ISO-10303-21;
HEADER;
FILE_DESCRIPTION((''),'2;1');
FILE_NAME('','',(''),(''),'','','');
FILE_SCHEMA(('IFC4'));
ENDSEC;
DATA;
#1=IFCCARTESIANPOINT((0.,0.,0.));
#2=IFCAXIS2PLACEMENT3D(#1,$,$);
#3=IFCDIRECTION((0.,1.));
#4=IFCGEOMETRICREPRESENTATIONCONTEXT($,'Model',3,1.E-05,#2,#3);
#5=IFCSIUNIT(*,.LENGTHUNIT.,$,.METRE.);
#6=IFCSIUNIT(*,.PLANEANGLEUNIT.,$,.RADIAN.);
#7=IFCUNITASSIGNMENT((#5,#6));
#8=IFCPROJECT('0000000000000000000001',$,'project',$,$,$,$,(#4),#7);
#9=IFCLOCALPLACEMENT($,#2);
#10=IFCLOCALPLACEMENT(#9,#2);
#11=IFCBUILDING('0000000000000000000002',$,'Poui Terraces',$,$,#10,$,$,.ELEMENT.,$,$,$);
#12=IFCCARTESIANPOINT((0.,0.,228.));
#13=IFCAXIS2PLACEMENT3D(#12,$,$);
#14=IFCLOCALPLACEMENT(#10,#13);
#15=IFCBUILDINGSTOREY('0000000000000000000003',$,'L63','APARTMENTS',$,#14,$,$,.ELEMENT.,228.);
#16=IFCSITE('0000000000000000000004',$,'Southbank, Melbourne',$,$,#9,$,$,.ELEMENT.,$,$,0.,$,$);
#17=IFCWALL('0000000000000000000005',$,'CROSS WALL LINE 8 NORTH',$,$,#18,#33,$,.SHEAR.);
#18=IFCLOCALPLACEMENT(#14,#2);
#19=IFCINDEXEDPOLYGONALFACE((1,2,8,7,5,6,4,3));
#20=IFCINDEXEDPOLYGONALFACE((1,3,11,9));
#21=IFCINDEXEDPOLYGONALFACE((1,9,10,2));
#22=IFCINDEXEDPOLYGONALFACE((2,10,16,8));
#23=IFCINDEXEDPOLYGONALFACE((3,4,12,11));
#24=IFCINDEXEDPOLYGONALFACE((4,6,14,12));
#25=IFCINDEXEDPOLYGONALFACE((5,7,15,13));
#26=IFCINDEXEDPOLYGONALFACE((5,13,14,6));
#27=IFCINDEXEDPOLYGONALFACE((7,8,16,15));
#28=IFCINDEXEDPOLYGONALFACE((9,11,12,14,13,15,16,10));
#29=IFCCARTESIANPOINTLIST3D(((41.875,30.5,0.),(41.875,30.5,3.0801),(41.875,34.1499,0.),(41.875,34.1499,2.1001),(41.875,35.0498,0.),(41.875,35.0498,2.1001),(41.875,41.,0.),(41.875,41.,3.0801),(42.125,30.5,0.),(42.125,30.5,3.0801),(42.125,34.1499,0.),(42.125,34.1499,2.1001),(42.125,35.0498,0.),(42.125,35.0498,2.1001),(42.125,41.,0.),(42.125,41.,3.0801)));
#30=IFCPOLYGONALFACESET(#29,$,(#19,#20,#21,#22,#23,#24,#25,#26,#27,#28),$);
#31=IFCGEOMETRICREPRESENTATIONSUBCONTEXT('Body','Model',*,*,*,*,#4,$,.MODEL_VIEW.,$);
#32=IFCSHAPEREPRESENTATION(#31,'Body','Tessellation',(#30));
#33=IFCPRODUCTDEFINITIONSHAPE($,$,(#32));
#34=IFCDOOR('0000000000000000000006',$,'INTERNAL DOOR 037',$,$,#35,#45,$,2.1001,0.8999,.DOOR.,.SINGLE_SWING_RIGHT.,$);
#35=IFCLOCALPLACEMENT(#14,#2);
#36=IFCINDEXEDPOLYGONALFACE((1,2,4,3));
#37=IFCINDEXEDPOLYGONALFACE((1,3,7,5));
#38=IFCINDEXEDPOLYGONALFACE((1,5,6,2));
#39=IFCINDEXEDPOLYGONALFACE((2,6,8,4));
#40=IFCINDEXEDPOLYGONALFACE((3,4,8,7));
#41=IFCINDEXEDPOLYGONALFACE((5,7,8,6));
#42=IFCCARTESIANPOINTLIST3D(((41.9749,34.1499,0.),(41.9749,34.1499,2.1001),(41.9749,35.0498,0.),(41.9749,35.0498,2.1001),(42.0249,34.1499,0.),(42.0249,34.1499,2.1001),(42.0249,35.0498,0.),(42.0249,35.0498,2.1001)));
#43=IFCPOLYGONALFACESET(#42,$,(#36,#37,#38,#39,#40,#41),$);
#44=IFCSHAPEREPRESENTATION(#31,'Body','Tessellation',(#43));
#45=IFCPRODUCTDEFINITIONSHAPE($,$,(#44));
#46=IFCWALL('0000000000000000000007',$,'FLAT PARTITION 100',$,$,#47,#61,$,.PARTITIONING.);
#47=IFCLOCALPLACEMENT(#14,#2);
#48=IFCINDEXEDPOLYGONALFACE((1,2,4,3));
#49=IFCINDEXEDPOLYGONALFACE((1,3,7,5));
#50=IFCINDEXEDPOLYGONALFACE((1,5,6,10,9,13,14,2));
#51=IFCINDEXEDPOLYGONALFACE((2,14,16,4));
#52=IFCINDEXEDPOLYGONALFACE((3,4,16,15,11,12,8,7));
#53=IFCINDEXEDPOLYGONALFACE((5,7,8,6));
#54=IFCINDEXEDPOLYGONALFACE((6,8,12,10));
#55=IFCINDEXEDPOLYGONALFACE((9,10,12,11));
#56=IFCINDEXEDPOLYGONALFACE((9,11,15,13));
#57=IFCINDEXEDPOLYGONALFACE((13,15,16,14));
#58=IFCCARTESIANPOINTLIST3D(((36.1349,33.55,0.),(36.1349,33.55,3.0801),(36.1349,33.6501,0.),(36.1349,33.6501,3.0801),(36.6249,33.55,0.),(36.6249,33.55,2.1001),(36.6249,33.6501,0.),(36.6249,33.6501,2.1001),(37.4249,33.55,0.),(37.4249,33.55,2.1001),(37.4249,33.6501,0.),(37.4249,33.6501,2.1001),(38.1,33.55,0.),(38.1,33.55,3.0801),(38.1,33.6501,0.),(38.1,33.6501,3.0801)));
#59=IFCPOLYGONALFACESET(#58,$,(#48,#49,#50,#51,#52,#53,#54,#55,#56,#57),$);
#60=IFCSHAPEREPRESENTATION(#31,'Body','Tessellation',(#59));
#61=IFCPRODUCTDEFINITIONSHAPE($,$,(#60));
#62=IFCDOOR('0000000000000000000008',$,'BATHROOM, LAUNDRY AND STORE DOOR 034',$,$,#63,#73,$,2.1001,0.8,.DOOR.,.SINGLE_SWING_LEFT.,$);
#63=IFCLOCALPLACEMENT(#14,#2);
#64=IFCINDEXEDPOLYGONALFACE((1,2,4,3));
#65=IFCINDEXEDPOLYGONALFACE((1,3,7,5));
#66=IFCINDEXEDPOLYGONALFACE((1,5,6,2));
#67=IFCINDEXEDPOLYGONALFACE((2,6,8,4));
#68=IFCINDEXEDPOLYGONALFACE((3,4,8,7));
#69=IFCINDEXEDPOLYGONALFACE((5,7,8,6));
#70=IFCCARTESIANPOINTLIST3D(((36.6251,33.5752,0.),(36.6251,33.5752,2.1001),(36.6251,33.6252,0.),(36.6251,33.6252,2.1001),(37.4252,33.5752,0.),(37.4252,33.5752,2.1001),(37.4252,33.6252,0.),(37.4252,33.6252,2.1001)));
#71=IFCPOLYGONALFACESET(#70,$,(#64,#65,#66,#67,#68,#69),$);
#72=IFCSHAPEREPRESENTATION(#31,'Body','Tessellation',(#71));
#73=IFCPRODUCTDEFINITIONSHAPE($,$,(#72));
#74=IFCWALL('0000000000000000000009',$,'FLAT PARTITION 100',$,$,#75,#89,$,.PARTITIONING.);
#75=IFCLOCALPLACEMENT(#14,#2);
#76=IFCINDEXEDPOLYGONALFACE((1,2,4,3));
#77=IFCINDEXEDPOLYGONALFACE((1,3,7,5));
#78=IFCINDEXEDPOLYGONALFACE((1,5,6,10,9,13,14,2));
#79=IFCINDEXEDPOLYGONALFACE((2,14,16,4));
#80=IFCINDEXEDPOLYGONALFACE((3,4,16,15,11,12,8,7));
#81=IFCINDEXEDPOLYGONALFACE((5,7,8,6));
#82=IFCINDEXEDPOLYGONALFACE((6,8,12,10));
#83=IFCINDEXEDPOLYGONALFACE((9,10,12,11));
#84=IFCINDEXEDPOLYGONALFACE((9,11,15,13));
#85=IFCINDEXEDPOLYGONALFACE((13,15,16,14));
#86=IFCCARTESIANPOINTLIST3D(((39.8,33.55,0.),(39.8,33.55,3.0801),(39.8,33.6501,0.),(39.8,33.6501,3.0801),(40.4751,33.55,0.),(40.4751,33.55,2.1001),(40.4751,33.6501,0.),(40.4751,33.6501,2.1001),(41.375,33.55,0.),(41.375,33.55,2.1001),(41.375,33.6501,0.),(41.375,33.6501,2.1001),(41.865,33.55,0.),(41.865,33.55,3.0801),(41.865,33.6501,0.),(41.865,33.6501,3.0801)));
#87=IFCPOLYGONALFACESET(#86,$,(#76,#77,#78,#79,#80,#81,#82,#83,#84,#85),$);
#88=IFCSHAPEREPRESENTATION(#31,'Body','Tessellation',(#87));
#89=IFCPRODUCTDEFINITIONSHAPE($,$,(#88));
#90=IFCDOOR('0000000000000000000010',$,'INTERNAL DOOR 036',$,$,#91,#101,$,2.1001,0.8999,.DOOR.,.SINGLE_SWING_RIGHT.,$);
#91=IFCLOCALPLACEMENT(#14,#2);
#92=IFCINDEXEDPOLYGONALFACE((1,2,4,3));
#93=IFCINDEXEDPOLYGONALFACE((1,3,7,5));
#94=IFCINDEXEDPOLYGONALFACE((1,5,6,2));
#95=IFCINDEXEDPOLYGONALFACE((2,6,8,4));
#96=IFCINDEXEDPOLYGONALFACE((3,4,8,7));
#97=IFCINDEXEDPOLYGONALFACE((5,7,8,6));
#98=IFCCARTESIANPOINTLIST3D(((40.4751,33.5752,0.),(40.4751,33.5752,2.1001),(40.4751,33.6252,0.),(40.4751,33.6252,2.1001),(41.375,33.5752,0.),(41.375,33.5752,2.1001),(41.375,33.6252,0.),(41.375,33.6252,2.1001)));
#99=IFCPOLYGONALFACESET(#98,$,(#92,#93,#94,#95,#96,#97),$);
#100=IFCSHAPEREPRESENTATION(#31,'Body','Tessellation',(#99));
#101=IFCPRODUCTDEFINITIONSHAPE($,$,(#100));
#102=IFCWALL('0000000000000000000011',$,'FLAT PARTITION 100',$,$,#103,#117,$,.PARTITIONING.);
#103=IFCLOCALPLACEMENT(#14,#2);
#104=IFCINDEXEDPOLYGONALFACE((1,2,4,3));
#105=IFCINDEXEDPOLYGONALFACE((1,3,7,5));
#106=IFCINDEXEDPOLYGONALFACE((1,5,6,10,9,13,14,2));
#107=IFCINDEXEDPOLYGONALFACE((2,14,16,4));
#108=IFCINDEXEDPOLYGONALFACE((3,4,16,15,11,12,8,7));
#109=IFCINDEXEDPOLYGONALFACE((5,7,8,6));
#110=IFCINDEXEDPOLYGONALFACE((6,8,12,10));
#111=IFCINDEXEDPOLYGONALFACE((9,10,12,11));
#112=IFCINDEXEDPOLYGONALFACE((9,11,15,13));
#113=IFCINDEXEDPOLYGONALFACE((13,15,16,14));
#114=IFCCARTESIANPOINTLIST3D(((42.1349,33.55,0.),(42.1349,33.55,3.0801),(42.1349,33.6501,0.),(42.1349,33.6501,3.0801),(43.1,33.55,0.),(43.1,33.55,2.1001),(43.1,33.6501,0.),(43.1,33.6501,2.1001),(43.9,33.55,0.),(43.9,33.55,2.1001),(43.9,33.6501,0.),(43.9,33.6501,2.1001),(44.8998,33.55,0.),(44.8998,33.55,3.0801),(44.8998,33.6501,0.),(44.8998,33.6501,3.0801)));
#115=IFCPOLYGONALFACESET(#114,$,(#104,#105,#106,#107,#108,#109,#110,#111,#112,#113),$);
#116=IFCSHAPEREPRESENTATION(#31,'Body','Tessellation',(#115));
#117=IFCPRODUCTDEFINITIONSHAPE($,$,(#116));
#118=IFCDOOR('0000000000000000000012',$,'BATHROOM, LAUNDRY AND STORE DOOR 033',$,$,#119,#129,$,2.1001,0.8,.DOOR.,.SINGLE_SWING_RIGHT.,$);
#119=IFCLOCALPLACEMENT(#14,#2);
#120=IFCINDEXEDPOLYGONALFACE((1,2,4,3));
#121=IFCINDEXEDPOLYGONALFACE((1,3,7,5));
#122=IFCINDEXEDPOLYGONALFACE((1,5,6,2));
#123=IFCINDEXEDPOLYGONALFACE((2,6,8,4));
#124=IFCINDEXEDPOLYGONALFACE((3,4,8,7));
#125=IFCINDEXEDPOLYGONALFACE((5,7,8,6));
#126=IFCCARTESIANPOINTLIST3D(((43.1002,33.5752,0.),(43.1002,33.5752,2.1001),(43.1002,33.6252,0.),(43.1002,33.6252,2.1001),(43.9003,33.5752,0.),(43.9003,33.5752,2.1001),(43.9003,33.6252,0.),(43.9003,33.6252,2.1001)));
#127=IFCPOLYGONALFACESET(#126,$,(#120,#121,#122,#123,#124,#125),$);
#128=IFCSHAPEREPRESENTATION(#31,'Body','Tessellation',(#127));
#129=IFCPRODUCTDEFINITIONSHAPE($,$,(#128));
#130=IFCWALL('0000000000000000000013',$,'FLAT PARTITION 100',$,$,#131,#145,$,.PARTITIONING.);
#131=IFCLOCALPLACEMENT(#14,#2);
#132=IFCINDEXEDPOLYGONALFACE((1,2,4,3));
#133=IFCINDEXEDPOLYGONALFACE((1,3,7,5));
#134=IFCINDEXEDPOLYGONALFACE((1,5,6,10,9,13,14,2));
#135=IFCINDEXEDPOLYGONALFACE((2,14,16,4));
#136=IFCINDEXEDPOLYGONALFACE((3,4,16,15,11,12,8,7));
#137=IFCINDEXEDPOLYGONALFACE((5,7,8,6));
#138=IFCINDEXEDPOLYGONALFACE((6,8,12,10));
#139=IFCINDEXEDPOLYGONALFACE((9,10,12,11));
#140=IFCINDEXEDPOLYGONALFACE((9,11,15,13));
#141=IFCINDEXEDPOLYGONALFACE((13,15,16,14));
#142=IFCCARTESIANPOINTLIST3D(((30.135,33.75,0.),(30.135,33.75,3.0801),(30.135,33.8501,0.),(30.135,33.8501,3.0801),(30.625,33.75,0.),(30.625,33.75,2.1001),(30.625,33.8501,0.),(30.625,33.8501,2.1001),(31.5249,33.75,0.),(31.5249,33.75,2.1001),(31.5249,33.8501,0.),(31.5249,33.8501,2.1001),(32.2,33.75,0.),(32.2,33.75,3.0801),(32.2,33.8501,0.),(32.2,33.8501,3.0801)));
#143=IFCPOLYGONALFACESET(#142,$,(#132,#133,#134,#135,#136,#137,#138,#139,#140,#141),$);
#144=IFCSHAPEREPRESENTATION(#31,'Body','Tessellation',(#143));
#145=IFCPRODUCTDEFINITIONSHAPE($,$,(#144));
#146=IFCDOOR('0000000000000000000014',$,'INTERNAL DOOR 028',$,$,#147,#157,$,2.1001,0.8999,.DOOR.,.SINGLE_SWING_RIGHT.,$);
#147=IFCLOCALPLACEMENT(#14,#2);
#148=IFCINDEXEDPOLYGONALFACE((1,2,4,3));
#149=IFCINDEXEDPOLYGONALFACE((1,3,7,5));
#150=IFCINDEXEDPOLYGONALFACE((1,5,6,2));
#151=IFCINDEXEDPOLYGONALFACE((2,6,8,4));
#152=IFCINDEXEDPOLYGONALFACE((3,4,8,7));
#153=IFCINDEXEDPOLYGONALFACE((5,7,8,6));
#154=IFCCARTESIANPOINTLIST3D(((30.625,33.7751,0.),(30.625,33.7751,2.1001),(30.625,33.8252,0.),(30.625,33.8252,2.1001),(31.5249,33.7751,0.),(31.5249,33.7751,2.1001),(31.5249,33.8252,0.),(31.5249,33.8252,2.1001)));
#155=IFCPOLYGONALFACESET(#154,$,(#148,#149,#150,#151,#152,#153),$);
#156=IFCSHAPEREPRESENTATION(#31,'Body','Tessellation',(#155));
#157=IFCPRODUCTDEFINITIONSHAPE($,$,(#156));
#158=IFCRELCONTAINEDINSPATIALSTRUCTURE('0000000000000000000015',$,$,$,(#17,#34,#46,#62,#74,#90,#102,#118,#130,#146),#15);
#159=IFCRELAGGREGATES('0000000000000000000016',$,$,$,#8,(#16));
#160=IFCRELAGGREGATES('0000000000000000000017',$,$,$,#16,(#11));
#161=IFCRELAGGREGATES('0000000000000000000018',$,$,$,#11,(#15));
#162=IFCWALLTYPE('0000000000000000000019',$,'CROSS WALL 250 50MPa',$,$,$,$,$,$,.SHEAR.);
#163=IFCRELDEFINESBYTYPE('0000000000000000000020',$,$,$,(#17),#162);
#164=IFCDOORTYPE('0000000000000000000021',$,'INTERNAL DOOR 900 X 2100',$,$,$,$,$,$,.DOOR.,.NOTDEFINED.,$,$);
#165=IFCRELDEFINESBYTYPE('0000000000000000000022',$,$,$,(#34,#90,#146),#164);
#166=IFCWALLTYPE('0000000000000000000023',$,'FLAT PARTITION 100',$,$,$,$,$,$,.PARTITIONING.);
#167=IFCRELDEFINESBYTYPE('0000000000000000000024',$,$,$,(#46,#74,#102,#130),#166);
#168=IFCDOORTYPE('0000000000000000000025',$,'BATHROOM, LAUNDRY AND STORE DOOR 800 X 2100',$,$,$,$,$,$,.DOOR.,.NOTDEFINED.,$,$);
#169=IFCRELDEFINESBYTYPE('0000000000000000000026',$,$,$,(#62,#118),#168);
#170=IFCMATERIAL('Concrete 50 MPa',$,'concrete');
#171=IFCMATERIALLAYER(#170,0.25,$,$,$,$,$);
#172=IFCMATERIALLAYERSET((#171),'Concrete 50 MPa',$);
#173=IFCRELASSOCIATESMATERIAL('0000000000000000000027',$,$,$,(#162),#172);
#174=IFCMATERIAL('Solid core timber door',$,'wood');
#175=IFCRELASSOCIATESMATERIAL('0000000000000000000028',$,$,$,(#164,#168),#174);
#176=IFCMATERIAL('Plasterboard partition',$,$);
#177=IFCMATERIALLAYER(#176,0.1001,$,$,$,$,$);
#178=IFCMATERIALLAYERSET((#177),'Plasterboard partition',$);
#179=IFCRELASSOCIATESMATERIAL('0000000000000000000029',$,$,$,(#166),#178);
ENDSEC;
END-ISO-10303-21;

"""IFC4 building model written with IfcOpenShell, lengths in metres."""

from ifc_helpers import new_model, si_unit, direction, frame, frame_2d, origin, place, context, subcontext, project, spatial, rectangle, extrude, material, layer, layer_set, type_object, element, fill, save


model = new_model("IFC4")

# Units and contexts
model_context = context("Model", 3, precision=1e-05, world=origin(), true_north=direction((0.0, 1.0)))
body_context = subcontext(model_context, "Body", "Model", "MODEL_VIEW")
ifc_project = project(units=[si_unit("LENGTHUNIT", "METRE"), si_unit("PLANEANGLEUNIT", "RADIAN")], contexts=[model_context])

# Site, building, storey
site_placement = place(None, origin())
site = spatial("IfcSite", under=ifc_project, at=site_placement, Name="Southbank, Melbourne", CompositionType="ELEMENT", RefElevation=0.0)
building_placement = place(site_placement, origin())
building = spatial("IfcBuilding", under=site, at=building_placement, Name="Poui Terraces", CompositionType="ELEMENT")
storey_placement = place(building_placement, frame((0.0, 0.0, 228.0)))
storey = spatial("IfcBuildingStorey", under=building, at=storey_placement, Name="L63", Description="APARTMENTS", CompositionType="ELEMENT", Elevation=228.0)

# Walls, openings, doors
ifc_material_1 = material(Name="Concrete 50 MPa", Category="concrete")
ifc_layer_1 = layer(ifc_material_1, 0.25)
ifc_layer_set_1 = layer_set([ifc_layer_1], Name="Concrete 50 MPa")
wall_type_1 = type_object("IfcWallType", Name="CROSS WALL 250 50MPa", PredefinedType="SHEAR", material=ifc_layer_set_1)
wall_1_placement = place(storey_placement, frame((42.0, 30.5, 0.0), z_axis=(0.0, 0.0, 1.0), x_axis=(0.0, 1.0, 0.0)))
wall_1 = element("IfcWall", 1, at=wall_1_placement, inside=storey, type_object=wall_type_1, Name="CROSS WALL LINE 8 NORTH", PredefinedType="SHEAR", context=body_context, shape_type="SweptSolid", body=[
    extrude(rectangle(XDim=10.5, YDim=0.25, at=frame_2d((5.25, 0.0))), origin(), (0.0, 0.0, 1.0), 3.0801),
])
opening_1_placement = place(wall_1_placement, frame((3.6499, 0.0, 0.0)))
opening_1 = element("IfcOpeningElement", 2, at=opening_1_placement, cuts=wall_1, PredefinedType="OPENING", context=body_context, shape_type="SweptSolid", body=[
    extrude(rectangle(XDim=0.8999, YDim=2.1001, at=frame_2d((0.45, 1.05))), frame((0.0, 0.135, 0.0), z_axis=(0.0, -1.0, 0.0), x_axis=(1.0, 0.0, 0.0)), (0.0, 0.0, 1.0), 0.27),
])
ifc_material_2 = material(Name="Solid core timber door", Category="wood")
door_type_1 = type_object("IfcDoorType", Name="INTERNAL DOOR 900 X 2100", OperationType="NOTDEFINED", PredefinedType="DOOR", material=ifc_material_2)
door_1_placement = place(opening_1_placement, frame((0.8999, 0.0, 0.0), z_axis=(0.0, 0.0, 1.0), x_axis=(-1.0, 0.0, 0.0)))
door_1 = element("IfcDoor", 3, at=door_1_placement, inside=storey, type_object=door_type_1, Name="INTERNAL DOOR 037", OperationType="SINGLE_SWING_RIGHT", OverallHeight=2.1001, OverallWidth=0.8999, PredefinedType="DOOR", context=body_context, shape_type="SweptSolid", body=[
    extrude(rectangle(XDim=0.8999, YDim=2.1001, at=frame_2d((0.45, 1.05))), frame((0.0, 0.0249, 0.0), z_axis=(0.0, -1.0, 0.0), x_axis=(1.0, 0.0, 0.0)), (0.0, 0.0, 1.0), 0.05),
])
fill(opening_1, door_1)
ifc_material_3 = material(Name="Plasterboard partition")
ifc_layer_2 = layer(ifc_material_3, 0.1001)
ifc_layer_set_2 = layer_set([ifc_layer_2], Name="Plasterboard partition")
wall_type_2 = type_object("IfcWallType", Name="FLAT PARTITION 100", PredefinedType="PARTITIONING", material=ifc_layer_set_2)
wall_2_placement = place(storey_placement, frame((36.135, 33.6001, 0.0), z_axis=(0.0, 0.0, 1.0), x_axis=(1.0, 0.0, 0.0)))
wall_2 = element("IfcWall", 4, at=wall_2_placement, inside=storey, type_object=wall_type_2, Name="FLAT PARTITION 100", PredefinedType="PARTITIONING", context=body_context, shape_type="SweptSolid", body=[
    extrude(rectangle(XDim=1.9651, YDim=0.1001, at=frame_2d((0.9824, 0.0))), origin(), (0.0, 0.0, 1.0), 3.0801),
])
opening_2_placement = place(wall_2_placement, frame((0.49, 0.0, 0.0)))
opening_2 = element("IfcOpeningElement", 5, at=opening_2_placement, cuts=wall_2, PredefinedType="OPENING", context=body_context, shape_type="SweptSolid", body=[
    extrude(rectangle(XDim=0.8, YDim=2.1001, at=frame_2d((0.3999, 1.05))), frame((0.0, 0.0601, 0.0), z_axis=(0.0, -1.0, 0.0), x_axis=(1.0, 0.0, 0.0)), (0.0, 0.0, 1.0), 0.1201),
])
door_type_2 = type_object("IfcDoorType", Name="BATHROOM, LAUNDRY AND STORE DOOR 800 X 2100", OperationType="NOTDEFINED", PredefinedType="DOOR", material=ifc_material_2)
door_2_placement = place(opening_2_placement, frame((0.8, 0.0, 0.0), z_axis=(0.0, 0.0, 1.0), x_axis=(-1.0, 0.0, 0.0)))
door_2 = element("IfcDoor", 6, at=door_2_placement, inside=storey, type_object=door_type_2, Name="BATHROOM, LAUNDRY AND STORE DOOR 034", OperationType="SINGLE_SWING_LEFT", OverallHeight=2.1001, OverallWidth=0.8, PredefinedType="DOOR", context=body_context, shape_type="SweptSolid", body=[
    extrude(rectangle(XDim=0.8, YDim=2.1001, at=frame_2d((0.3999, 1.05))), frame((0.0, 0.0249, 0.0), z_axis=(0.0, -1.0, 0.0), x_axis=(1.0, 0.0, 0.0)), (0.0, 0.0, 1.0), 0.05),
])
fill(opening_2, door_2)
wall_3_placement = place(storey_placement, frame((39.8, 33.6001, 0.0), z_axis=(0.0, 0.0, 1.0), x_axis=(1.0, 0.0, 0.0)))
wall_3 = element("IfcWall", 7, at=wall_3_placement, inside=storey, type_object=wall_type_2, Name="FLAT PARTITION 100", PredefinedType="PARTITIONING", context=body_context, shape_type="SweptSolid", body=[
    extrude(rectangle(XDim=2.0649, YDim=0.1001, at=frame_2d((1.0325, 0.0))), origin(), (0.0, 0.0, 1.0), 3.0801),
])
opening_3_placement = place(wall_3_placement, frame((0.675, 0.0, 0.0)))
opening_3 = element("IfcOpeningElement", 8, at=opening_3_placement, cuts=wall_3, PredefinedType="OPENING", context=body_context, shape_type="SweptSolid", body=[
    extrude(rectangle(XDim=0.8999, YDim=2.1001, at=frame_2d((0.45, 1.05))), frame((0.0, 0.0601, 0.0), z_axis=(0.0, -1.0, 0.0), x_axis=(1.0, 0.0, 0.0)), (0.0, 0.0, 1.0), 0.1201),
])
door_3_placement = place(opening_3_placement, frame((0.8999, 0.0, 0.0), z_axis=(0.0, 0.0, 1.0), x_axis=(-1.0, 0.0, 0.0)))
door_3 = element("IfcDoor", 9, at=door_3_placement, inside=storey, type_object=door_type_1, Name="INTERNAL DOOR 036", OperationType="SINGLE_SWING_RIGHT", OverallHeight=2.1001, OverallWidth=0.8999, PredefinedType="DOOR", context=body_context, shape_type="SweptSolid", body=[
    extrude(rectangle(XDim=0.8999, YDim=2.1001, at=frame_2d((0.45, 1.05))), frame((0.0, 0.0249, 0.0), z_axis=(0.0, -1.0, 0.0), x_axis=(1.0, 0.0, 0.0)), (0.0, 0.0, 1.0), 0.05),
])
fill(opening_3, door_3)
wall_4_placement = place(storey_placement, frame((42.135, 33.6001, 0.0), z_axis=(0.0, 0.0, 1.0), x_axis=(1.0, 0.0, 0.0)))
wall_4 = element("IfcWall", 10, at=wall_4_placement, inside=storey, type_object=wall_type_2, Name="FLAT PARTITION 100", PredefinedType="PARTITIONING", context=body_context, shape_type="SweptSolid", body=[
    extrude(rectangle(XDim=2.7649, YDim=0.1001, at=frame_2d((1.3823, 0.0))), origin(), (0.0, 0.0, 1.0), 3.0801),
])
opening_4_placement = place(wall_4_placement, frame((0.9651, 0.0, 0.0)))
opening_4 = element("IfcOpeningElement", 11, at=opening_4_placement, cuts=wall_4, PredefinedType="OPENING", context=body_context, shape_type="SweptSolid", body=[
    extrude(rectangle(XDim=0.8, YDim=2.1001, at=frame_2d((0.3999, 1.05))), frame((0.0, 0.0601, 0.0), z_axis=(0.0, -1.0, 0.0), x_axis=(1.0, 0.0, 0.0)), (0.0, 0.0, 1.0), 0.1201),
])
door_4_placement = place(opening_4_placement, frame((0.8, 0.0, 0.0), z_axis=(0.0, 0.0, 1.0), x_axis=(-1.0, 0.0, 0.0)))
door_4 = element("IfcDoor", 12, at=door_4_placement, inside=storey, type_object=door_type_2, Name="BATHROOM, LAUNDRY AND STORE DOOR 033", OperationType="SINGLE_SWING_RIGHT", OverallHeight=2.1001, OverallWidth=0.8, PredefinedType="DOOR", context=body_context, shape_type="SweptSolid", body=[
    extrude(rectangle(XDim=0.8, YDim=2.1001, at=frame_2d((0.3999, 1.05))), frame((0.0, 0.0249, 0.0), z_axis=(0.0, -1.0, 0.0), x_axis=(1.0, 0.0, 0.0)), (0.0, 0.0, 1.0), 0.05),
])
fill(opening_4, door_4)
wall_5_placement = place(storey_placement, frame((30.135, 33.8, 0.0), z_axis=(0.0, 0.0, 1.0), x_axis=(1.0, 0.0, 0.0)))
wall_5 = element("IfcWall", 13, at=wall_5_placement, inside=storey, type_object=wall_type_2, Name="FLAT PARTITION 100", PredefinedType="PARTITIONING", context=body_context, shape_type="SweptSolid", body=[
    extrude(rectangle(XDim=2.0649, YDim=0.1001, at=frame_2d((1.0325, 0.0))), origin(), (0.0, 0.0, 1.0), 3.0801),
])
opening_5_placement = place(wall_5_placement, frame((0.49, 0.0, 0.0)))
opening_5 = element("IfcOpeningElement", 14, at=opening_5_placement, cuts=wall_5, PredefinedType="OPENING", context=body_context, shape_type="SweptSolid", body=[
    extrude(rectangle(XDim=0.8999, YDim=2.1001, at=frame_2d((0.45, 1.05))), frame((0.0, 0.0601, 0.0), z_axis=(0.0, -1.0, 0.0), x_axis=(1.0, 0.0, 0.0)), (0.0, 0.0, 1.0), 0.1201),
])
door_5_placement = place(opening_5_placement, frame((0.8999, 0.0, 0.0), z_axis=(0.0, 0.0, 1.0), x_axis=(-1.0, 0.0, 0.0)))
door_5 = element("IfcDoor", 15, at=door_5_placement, inside=storey, type_object=door_type_1, Name="INTERNAL DOOR 028", OperationType="SINGLE_SWING_RIGHT", OverallHeight=2.1001, OverallWidth=0.8999, PredefinedType="DOOR", context=body_context, shape_type="SweptSolid", body=[
    extrude(rectangle(XDim=0.8999, YDim=2.1001, at=frame_2d((0.45, 1.05))), frame((0.0, 0.0249, 0.0), z_axis=(0.0, -1.0, 0.0), x_axis=(1.0, 0.0, 0.0)), (0.0, 0.0, 1.0), 0.05),
])
fill(opening_5, door_5)

save(model, "model.ifc")
